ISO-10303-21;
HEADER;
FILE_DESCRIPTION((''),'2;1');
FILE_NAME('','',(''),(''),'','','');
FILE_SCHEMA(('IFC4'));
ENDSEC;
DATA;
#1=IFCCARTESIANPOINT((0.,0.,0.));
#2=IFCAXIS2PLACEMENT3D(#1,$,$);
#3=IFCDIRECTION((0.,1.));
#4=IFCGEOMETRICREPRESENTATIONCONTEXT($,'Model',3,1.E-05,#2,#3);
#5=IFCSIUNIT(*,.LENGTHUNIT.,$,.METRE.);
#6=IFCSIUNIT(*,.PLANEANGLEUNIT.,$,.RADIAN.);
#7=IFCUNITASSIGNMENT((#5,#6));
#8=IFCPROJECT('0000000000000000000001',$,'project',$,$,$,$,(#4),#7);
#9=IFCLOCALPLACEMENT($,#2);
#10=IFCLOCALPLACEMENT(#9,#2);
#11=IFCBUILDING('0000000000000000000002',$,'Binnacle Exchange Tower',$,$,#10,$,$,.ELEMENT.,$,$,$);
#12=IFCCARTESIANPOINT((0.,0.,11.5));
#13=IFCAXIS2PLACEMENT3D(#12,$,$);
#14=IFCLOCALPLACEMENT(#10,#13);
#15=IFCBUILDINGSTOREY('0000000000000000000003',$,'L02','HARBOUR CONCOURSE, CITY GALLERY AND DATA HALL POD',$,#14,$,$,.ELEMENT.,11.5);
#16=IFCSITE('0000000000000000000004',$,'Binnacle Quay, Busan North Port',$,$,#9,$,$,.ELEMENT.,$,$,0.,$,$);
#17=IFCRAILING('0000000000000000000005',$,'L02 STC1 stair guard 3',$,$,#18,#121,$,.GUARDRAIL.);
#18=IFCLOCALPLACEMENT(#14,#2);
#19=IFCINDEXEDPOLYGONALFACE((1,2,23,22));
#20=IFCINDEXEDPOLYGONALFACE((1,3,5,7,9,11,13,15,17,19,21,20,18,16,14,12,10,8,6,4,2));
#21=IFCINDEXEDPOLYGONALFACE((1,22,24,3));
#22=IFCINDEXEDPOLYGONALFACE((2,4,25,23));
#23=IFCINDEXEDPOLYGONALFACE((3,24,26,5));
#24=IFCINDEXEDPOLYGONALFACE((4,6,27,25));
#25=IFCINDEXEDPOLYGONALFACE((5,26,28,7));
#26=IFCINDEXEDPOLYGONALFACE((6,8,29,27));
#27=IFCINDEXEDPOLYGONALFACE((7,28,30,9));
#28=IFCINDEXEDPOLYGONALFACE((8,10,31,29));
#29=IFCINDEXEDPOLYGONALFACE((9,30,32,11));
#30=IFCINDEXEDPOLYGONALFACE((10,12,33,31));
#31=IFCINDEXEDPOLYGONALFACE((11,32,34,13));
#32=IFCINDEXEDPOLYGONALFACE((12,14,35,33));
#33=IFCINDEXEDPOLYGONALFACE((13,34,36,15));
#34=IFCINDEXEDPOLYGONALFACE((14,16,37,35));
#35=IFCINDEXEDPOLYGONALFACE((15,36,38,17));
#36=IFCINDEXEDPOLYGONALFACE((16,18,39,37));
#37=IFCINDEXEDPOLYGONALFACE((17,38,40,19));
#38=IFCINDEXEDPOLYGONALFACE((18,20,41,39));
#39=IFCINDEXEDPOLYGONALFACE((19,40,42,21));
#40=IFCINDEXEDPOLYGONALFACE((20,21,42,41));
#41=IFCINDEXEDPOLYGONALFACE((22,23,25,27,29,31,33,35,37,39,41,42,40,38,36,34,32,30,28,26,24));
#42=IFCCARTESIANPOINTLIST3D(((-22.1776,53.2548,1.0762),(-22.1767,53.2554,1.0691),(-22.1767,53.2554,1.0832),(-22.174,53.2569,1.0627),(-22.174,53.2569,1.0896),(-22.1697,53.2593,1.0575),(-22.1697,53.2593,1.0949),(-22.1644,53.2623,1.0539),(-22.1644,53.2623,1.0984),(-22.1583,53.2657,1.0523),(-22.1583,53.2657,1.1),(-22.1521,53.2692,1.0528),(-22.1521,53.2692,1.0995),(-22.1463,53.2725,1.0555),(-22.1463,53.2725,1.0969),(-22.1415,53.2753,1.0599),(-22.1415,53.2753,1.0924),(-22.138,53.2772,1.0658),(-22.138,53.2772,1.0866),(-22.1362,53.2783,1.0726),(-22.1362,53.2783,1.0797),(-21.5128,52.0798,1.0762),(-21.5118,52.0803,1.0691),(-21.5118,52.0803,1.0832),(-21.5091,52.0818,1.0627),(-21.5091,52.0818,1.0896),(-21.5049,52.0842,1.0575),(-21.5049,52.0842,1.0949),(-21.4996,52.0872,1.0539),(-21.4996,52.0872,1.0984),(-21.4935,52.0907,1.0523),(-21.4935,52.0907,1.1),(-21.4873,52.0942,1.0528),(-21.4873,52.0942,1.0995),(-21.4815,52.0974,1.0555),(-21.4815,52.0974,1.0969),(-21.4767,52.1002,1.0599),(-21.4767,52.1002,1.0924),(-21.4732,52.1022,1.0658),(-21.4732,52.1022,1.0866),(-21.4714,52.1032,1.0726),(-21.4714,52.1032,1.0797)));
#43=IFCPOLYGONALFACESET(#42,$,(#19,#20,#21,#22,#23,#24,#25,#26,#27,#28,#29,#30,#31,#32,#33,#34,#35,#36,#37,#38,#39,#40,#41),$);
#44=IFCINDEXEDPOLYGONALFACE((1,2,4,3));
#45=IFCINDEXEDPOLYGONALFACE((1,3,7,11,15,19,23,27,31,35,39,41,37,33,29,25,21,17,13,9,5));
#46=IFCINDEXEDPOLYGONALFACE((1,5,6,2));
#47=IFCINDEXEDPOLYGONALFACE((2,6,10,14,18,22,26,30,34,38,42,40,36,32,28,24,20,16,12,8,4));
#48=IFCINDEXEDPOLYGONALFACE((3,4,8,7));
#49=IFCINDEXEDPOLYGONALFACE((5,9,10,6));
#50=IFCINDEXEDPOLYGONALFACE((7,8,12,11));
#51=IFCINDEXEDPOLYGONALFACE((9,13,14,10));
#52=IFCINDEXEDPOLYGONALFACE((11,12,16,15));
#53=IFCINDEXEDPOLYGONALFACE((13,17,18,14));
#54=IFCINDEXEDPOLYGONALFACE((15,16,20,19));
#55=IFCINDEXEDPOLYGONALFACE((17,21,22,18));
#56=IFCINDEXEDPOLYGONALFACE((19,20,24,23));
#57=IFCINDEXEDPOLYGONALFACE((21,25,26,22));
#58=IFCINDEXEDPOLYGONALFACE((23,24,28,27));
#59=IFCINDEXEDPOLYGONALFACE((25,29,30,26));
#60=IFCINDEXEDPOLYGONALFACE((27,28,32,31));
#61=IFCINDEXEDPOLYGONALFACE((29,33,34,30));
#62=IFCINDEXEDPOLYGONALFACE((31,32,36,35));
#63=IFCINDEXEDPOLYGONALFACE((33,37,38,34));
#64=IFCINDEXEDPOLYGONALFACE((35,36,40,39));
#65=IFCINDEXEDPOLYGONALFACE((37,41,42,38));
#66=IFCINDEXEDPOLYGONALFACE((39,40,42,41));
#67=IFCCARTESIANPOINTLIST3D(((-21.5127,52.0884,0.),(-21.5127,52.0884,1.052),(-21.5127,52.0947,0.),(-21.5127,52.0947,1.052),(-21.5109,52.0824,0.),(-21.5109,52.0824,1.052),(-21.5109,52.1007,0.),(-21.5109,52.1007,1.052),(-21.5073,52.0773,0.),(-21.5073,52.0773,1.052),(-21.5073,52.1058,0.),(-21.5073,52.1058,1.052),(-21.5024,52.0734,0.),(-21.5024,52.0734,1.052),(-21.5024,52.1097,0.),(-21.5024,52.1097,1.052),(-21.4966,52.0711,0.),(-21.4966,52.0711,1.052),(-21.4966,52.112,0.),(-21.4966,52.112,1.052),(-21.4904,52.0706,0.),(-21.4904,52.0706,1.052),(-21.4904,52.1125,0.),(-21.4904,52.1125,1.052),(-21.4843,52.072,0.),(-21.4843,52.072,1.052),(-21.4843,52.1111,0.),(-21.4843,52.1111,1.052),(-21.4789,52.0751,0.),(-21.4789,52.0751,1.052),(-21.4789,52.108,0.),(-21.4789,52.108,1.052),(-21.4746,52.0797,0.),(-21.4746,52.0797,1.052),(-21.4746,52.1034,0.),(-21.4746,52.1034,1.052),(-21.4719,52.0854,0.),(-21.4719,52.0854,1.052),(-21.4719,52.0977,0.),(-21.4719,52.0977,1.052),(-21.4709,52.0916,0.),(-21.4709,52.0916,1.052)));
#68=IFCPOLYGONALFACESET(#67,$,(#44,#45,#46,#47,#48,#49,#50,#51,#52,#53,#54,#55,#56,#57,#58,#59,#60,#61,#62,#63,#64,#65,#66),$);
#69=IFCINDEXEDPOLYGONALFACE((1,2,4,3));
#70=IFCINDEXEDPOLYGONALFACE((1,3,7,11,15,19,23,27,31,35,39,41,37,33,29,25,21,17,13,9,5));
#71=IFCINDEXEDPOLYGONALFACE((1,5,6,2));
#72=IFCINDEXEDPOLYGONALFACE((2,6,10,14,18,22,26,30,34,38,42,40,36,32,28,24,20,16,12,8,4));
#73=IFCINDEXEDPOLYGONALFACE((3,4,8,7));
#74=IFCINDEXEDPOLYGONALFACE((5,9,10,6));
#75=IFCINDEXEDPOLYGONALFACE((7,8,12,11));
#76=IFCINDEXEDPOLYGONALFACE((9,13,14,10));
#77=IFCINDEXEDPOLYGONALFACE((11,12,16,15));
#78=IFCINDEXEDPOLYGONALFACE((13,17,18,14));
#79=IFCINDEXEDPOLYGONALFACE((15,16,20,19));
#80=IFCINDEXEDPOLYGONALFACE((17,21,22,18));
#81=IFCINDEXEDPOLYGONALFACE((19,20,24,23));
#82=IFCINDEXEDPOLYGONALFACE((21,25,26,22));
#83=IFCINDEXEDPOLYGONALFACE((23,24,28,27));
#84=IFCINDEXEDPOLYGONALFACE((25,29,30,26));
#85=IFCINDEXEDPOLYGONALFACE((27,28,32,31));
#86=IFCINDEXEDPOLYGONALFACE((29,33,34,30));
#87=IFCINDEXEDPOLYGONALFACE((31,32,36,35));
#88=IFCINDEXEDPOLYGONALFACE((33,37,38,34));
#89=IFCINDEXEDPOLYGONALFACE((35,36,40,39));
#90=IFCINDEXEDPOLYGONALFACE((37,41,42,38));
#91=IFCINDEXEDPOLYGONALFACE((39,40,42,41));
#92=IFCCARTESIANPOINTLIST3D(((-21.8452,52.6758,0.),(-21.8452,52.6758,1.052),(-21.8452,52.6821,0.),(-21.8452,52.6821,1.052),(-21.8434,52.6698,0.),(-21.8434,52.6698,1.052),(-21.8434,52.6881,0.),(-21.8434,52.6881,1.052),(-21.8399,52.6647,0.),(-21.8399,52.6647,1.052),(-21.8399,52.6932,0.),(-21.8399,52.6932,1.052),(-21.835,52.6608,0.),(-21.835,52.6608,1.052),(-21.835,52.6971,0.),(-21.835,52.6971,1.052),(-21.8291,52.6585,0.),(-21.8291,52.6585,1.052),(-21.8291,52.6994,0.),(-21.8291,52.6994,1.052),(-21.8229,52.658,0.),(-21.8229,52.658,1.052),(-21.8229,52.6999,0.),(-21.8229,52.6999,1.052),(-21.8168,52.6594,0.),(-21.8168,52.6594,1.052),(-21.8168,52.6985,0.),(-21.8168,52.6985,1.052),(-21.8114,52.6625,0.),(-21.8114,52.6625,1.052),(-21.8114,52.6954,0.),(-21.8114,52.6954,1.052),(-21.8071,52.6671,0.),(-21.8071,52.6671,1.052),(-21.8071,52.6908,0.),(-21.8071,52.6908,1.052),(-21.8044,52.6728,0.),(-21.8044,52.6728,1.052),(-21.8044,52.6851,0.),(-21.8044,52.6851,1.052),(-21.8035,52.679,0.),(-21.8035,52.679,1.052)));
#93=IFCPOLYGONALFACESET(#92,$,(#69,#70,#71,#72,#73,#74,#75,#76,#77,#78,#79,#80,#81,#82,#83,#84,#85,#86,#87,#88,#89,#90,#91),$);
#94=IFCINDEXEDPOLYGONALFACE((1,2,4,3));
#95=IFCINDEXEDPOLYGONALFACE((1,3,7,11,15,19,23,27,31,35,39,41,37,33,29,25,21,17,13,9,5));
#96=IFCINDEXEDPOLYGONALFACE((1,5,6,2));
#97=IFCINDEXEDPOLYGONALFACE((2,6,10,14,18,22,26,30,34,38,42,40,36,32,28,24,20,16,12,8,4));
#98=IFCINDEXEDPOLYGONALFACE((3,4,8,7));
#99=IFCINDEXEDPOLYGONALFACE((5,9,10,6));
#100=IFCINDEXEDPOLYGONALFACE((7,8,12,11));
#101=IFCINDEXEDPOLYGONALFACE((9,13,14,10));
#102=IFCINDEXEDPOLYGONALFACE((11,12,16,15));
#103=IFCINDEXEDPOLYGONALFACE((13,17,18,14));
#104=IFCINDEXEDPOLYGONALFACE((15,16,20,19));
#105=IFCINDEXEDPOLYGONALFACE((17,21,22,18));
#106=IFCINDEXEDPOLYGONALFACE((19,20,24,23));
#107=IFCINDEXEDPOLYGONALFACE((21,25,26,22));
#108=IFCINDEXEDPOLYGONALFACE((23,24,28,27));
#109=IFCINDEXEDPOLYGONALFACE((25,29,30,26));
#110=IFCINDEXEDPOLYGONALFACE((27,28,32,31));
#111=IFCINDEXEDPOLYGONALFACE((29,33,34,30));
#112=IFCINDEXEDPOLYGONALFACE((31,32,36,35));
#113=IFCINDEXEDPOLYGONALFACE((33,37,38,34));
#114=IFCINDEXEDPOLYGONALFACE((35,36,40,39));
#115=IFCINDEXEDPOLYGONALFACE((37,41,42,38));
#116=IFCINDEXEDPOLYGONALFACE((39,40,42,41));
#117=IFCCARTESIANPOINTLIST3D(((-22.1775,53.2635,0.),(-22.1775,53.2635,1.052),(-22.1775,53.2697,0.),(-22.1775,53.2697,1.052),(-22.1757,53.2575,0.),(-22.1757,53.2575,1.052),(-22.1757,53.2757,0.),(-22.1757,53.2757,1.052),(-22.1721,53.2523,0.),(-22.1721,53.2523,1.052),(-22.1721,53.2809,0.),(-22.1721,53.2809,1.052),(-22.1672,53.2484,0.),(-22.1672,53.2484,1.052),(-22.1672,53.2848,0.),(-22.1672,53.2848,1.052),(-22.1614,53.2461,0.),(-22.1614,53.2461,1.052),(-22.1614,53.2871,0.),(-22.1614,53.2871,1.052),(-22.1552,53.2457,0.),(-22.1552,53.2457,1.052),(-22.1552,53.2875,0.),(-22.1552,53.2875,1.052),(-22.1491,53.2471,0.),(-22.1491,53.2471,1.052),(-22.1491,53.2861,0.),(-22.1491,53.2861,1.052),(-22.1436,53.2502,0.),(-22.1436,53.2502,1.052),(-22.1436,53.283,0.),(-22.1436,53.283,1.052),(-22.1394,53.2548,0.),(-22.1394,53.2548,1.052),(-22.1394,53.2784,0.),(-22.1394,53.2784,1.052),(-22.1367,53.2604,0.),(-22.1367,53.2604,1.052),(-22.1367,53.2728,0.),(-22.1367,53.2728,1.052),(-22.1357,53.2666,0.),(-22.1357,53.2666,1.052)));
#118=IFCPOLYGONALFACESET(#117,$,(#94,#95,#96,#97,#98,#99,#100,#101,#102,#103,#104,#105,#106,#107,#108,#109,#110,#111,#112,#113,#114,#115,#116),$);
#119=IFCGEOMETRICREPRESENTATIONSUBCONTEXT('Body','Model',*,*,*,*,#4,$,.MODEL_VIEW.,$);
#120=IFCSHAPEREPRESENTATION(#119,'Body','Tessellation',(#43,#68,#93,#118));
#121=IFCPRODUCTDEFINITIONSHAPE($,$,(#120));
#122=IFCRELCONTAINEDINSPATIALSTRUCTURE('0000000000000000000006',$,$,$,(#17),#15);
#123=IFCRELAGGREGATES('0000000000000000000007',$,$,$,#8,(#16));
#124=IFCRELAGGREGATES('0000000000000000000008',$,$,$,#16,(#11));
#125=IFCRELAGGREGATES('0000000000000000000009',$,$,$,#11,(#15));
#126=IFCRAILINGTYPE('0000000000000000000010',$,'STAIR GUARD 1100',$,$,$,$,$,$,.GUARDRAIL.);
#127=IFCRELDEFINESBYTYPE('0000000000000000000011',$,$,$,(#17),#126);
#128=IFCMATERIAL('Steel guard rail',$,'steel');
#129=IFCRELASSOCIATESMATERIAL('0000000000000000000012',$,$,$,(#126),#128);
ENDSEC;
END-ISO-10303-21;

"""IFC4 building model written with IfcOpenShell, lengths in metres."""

from ifc_helpers import new_model, si_unit, direction, frame, origin, origin_2d, place, context, subcontext, project, spatial, circle, extrude, material, type_object, element, save


model = new_model("IFC4")

# Units and contexts
model_context = context("Model", 3, precision=1e-05, world=origin(), true_north=direction((0.0, 1.0)))
body_context = subcontext(model_context, "Body", "Model", "MODEL_VIEW")
ifc_project = project(units=[si_unit("LENGTHUNIT", "METRE"), si_unit("PLANEANGLEUNIT", "RADIAN")], contexts=[model_context])

# Site, building, storey
site_placement = place(None, origin())
site = spatial("IfcSite", under=ifc_project, at=site_placement, Name="Binnacle Quay, Busan North Port", CompositionType="ELEMENT", RefElevation=0.0)
building_placement = place(site_placement, origin())
building = spatial("IfcBuilding", under=site, at=building_placement, Name="Binnacle Exchange Tower", CompositionType="ELEMENT")
storey_placement = place(building_placement, frame((0.0, 0.0, 11.5)))
storey = spatial("IfcBuildingStorey", under=building, at=storey_placement, Name="L02", Description="HARBOUR CONCOURSE, CITY GALLERY AND DATA HALL POD", CompositionType="ELEMENT", Elevation=11.5)

# Railing
ifc_material_1 = material(Name="Steel guard rail", Category="steel")
railing_type_1 = type_object("IfcRailingType", Name="STAIR GUARD 1100", PredefinedType="GUARDRAIL", material=ifc_material_1)
railing_1_placement = place(storey_placement, frame((-21.4919, 52.0916, 0.0)))
element("IfcRailing", 1, at=railing_1_placement, inside=storey, type_object=railing_type_1, Name="L02 STC1 stair guard 3", PredefinedType="GUARDRAIL", context=body_context, shape_type="SweptSolid", body=[
    extrude(circle(Radius=0.0239, at=origin_2d()), frame((0.0, 0.0, 1.0762), z_axis=(-0.492415, 0.870361, 0.0), x_axis=(-0.870361, -0.492415, 0.0)), (0.0, 0.0, 1.0), 1.3501),
    extrude(circle(Radius=0.021, at=origin_2d()), origin(), (0.0, 0.0, 1.0), 1.052),
    extrude(circle(Radius=0.021, at=origin_2d()), frame((-0.3325, 0.5874, 0.0)), (0.0, 0.0, 1.0), 1.052),
    extrude(circle(Radius=0.021, at=origin_2d()), frame((-0.6648, 1.175, 0.0)), (0.0, 0.0, 1.0), 1.052),
])

save(model, "model.ifc")
